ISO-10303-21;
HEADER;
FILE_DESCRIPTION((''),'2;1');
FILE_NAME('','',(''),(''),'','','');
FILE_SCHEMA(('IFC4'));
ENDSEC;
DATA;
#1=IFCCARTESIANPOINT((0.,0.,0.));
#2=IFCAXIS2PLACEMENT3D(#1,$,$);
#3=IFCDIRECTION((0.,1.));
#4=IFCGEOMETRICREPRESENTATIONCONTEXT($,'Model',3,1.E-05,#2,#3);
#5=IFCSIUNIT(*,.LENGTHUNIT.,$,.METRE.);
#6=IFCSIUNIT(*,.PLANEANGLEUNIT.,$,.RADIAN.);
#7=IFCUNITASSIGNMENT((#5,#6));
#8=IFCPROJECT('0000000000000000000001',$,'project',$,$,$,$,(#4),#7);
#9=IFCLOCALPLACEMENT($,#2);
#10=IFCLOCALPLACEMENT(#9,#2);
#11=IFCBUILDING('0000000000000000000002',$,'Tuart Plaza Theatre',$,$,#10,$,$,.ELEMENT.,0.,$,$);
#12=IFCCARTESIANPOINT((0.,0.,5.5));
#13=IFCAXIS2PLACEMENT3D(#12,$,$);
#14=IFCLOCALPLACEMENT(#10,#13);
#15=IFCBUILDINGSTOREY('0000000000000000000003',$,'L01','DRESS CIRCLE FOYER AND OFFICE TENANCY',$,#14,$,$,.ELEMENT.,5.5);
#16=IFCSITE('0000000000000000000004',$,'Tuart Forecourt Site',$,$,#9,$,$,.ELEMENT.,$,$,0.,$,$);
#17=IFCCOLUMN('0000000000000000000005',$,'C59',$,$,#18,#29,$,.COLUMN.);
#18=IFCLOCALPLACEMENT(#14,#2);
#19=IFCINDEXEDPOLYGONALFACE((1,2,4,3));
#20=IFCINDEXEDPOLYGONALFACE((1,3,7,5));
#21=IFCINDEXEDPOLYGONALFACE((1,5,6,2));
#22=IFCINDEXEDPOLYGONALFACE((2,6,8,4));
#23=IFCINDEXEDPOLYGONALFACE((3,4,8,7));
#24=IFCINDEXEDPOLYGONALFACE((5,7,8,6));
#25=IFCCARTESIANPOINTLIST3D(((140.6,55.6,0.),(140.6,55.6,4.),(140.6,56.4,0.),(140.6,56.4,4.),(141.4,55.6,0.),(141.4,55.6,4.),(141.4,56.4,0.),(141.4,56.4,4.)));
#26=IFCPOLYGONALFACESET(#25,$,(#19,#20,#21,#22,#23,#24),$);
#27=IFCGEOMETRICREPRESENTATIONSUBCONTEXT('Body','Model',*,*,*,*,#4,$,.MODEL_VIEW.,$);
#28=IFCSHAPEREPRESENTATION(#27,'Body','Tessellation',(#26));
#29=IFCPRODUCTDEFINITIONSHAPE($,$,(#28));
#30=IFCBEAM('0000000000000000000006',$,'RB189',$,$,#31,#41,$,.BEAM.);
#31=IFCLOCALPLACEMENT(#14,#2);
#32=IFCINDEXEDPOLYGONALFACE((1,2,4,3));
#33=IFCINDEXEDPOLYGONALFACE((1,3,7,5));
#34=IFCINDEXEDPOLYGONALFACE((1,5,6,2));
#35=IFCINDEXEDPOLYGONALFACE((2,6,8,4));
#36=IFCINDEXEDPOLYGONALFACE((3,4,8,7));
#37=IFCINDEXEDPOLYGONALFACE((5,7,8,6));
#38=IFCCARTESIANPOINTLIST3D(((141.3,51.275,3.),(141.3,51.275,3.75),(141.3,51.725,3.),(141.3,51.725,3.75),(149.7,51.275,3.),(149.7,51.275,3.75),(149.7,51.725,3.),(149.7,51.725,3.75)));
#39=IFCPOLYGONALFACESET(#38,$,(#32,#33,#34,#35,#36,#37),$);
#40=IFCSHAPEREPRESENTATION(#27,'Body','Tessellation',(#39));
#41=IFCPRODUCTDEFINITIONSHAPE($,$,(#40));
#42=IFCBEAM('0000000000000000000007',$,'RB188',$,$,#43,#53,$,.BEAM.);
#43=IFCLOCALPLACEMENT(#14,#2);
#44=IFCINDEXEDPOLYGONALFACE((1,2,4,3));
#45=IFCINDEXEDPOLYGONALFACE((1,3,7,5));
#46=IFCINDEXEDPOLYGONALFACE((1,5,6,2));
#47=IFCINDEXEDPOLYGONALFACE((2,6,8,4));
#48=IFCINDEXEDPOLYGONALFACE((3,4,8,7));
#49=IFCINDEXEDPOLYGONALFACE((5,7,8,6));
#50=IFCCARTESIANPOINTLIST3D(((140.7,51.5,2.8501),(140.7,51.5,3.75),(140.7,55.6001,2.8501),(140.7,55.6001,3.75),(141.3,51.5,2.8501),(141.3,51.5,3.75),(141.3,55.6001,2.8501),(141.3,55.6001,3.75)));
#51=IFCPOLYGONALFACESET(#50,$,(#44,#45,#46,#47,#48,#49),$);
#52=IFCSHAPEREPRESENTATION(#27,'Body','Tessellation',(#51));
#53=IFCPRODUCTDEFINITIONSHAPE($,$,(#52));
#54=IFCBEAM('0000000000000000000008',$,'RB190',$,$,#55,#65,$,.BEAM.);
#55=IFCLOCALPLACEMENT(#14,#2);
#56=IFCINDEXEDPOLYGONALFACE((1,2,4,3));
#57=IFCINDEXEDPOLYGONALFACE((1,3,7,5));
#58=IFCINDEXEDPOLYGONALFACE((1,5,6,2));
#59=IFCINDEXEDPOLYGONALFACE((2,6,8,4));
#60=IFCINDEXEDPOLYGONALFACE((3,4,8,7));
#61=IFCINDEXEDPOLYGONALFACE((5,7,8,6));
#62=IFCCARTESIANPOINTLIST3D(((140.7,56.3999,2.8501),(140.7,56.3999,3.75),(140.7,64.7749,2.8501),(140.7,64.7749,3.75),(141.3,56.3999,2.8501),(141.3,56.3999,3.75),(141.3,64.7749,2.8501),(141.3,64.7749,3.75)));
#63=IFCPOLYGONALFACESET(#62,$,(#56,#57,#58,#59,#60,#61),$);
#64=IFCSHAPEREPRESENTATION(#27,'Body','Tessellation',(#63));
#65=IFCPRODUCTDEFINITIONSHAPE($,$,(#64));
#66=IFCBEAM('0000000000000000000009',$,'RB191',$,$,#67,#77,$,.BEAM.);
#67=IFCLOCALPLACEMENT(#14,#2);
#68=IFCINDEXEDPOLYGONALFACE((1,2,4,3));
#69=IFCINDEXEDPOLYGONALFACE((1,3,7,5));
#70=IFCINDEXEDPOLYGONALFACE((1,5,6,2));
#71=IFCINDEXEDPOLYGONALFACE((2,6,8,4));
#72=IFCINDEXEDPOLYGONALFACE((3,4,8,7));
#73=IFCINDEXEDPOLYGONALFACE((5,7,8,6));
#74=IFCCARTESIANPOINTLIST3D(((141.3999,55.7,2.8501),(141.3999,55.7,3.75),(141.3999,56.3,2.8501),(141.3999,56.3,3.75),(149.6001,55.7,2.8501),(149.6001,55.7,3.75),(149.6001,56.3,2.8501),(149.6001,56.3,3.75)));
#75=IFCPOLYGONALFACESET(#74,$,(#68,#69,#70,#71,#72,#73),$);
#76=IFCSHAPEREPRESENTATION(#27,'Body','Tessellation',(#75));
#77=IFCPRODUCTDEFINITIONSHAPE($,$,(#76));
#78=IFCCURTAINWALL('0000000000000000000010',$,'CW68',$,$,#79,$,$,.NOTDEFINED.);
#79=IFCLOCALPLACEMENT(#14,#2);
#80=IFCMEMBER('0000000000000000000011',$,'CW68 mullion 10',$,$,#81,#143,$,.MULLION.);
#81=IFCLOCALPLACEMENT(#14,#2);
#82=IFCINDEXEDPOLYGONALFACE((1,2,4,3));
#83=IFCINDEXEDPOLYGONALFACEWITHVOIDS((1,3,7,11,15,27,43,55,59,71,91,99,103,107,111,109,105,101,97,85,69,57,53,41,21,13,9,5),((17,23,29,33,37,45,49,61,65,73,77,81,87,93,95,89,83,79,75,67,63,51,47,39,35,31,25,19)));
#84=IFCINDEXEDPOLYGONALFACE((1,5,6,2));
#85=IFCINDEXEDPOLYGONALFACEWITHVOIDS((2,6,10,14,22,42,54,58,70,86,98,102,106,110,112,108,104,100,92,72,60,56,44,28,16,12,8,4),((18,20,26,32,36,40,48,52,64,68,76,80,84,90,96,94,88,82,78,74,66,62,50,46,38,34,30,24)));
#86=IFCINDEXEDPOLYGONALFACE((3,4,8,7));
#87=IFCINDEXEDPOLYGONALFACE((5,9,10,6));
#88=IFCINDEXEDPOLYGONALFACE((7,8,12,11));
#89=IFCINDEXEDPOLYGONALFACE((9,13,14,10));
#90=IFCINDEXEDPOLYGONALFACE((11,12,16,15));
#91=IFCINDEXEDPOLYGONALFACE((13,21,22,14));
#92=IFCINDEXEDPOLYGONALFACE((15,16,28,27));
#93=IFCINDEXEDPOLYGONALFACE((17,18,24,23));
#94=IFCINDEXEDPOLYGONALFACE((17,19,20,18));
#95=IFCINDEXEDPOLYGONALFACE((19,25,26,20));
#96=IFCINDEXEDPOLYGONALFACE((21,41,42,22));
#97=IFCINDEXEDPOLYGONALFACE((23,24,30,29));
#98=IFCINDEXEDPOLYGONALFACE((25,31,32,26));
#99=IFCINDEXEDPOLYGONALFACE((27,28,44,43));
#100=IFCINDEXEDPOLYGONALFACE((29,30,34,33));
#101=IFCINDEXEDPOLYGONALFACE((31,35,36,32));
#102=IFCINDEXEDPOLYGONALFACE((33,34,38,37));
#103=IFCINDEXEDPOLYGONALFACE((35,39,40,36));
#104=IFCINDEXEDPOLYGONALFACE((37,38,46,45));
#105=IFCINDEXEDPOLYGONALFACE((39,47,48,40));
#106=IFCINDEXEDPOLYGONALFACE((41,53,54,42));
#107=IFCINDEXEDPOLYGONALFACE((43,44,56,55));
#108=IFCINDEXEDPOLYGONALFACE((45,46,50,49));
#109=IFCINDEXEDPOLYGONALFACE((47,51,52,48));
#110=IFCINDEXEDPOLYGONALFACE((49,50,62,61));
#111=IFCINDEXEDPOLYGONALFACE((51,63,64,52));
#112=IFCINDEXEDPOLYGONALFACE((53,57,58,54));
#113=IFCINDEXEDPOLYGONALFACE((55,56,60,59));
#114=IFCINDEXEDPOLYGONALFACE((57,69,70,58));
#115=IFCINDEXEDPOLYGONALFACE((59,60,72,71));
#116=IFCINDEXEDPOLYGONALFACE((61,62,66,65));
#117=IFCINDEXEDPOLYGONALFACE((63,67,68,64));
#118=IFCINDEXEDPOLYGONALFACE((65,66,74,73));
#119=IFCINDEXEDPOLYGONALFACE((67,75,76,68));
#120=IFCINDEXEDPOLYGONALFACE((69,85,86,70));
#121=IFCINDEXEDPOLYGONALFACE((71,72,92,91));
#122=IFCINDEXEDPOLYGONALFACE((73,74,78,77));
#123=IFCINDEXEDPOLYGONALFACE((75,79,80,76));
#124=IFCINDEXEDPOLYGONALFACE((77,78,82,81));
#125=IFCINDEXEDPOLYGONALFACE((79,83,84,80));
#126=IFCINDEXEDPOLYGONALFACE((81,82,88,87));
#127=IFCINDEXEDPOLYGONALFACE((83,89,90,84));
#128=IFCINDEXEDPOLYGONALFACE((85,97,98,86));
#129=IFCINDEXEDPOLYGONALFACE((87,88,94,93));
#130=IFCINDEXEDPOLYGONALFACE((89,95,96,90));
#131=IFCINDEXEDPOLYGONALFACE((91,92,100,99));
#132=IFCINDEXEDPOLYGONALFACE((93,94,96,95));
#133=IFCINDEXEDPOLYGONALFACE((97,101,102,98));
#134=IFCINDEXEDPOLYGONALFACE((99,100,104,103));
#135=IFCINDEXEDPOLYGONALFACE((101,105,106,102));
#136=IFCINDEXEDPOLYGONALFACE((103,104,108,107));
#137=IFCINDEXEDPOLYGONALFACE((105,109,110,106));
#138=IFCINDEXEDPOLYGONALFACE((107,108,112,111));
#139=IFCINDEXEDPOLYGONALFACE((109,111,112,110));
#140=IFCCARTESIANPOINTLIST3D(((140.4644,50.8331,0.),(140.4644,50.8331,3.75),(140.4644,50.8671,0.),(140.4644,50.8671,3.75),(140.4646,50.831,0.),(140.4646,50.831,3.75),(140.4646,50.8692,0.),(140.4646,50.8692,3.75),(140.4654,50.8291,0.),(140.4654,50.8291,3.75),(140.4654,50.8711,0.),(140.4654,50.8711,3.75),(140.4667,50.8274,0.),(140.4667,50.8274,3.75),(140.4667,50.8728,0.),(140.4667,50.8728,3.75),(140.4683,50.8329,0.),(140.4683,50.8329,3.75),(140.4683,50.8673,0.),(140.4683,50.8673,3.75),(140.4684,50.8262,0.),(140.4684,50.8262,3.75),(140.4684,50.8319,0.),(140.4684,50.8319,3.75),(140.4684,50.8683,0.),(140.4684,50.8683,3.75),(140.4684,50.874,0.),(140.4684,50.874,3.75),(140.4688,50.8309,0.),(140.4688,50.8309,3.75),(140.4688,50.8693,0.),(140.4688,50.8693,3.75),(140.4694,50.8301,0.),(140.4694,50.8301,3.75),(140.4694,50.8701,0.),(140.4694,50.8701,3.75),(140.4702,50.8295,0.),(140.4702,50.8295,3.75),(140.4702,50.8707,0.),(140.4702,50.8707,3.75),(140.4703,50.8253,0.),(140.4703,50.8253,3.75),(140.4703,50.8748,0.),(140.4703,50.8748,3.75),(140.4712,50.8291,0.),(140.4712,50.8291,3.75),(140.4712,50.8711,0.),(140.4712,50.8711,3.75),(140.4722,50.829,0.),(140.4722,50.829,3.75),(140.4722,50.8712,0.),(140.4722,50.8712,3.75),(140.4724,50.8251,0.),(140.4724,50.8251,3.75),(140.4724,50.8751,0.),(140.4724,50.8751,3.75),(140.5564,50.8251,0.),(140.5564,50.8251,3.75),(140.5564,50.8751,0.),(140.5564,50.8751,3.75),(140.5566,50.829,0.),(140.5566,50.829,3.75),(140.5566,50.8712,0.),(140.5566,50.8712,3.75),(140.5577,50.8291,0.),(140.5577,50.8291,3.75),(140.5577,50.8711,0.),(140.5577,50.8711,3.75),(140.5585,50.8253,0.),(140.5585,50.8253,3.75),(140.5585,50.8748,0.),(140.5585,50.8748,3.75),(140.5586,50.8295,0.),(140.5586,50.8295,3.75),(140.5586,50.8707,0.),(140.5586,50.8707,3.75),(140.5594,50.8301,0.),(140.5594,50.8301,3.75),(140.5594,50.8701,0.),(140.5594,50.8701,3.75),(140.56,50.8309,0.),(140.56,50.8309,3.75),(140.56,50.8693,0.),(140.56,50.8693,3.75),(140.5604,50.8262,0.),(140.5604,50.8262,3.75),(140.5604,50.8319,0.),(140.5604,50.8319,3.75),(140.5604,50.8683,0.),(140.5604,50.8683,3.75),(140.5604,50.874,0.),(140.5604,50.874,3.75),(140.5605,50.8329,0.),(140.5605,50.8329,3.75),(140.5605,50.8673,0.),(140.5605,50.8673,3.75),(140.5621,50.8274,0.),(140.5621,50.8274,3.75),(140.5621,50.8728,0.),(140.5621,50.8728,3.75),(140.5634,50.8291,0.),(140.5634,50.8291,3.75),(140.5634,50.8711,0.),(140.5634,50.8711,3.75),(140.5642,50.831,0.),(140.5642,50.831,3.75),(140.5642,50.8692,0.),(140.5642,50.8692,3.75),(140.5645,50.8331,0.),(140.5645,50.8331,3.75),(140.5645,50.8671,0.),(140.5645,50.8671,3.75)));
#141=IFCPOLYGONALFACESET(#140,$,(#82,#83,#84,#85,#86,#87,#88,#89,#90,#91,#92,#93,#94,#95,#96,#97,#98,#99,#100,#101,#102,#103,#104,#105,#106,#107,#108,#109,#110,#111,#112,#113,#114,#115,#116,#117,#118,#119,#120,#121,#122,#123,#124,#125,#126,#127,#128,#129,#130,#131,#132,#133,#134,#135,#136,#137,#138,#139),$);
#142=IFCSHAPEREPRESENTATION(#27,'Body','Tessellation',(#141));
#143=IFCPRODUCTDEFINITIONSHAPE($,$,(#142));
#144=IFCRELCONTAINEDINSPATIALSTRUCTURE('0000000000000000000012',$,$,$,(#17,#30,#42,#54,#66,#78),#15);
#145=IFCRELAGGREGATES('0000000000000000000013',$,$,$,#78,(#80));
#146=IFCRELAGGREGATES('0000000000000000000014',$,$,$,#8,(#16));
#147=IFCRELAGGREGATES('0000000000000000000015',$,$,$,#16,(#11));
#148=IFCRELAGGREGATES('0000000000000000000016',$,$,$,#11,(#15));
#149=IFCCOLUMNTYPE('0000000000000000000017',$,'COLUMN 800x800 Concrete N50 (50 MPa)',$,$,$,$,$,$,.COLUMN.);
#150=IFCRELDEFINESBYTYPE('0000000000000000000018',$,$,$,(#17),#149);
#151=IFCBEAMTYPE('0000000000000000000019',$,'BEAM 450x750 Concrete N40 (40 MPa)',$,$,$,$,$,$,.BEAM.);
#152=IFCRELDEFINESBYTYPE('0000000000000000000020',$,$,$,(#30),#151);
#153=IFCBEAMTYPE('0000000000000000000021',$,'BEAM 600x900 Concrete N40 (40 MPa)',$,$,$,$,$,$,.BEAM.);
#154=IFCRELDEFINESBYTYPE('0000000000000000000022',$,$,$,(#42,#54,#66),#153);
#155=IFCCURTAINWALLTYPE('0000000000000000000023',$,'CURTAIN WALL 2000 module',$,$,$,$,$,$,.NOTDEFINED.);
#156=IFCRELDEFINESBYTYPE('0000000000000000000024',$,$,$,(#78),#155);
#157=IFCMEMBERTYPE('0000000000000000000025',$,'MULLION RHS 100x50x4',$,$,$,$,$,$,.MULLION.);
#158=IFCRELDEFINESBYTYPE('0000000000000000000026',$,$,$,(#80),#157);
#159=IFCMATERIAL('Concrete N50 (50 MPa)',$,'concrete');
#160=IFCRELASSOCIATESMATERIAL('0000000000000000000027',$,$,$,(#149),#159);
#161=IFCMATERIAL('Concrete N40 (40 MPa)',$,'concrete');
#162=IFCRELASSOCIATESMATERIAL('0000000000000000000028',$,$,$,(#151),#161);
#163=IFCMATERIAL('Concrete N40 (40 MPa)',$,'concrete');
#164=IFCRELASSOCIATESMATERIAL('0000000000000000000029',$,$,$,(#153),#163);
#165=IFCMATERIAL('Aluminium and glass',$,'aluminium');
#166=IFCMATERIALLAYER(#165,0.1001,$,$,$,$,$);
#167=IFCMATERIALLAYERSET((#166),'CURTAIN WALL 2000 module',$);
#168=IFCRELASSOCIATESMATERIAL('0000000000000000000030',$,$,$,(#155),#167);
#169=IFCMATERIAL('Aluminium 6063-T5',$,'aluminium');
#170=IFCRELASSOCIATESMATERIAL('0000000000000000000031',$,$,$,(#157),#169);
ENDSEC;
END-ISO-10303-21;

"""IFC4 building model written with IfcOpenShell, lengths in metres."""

from ifc_helpers import new_model, si_unit, direction, frame, origin, origin_2d, place, context, subcontext, project, spatial, rectangle, hollow_rectangle, extrude, material, layer, layer_set, material_profile, profile_set, type_object, element, aggregate, save


model = new_model("IFC4")

# Units and contexts
model_context = context("Model", 3, precision=1e-05, world=origin(), true_north=direction((0.0, 1.0)))
body_context = subcontext(model_context, "Body", "Model", "MODEL_VIEW")
ifc_project = project(units=[si_unit("LENGTHUNIT", "METRE"), si_unit("PLANEANGLEUNIT", "RADIAN")], contexts=[model_context])

# Site, building, storey
site_placement = place(None, origin())
site = spatial("IfcSite", under=ifc_project, at=site_placement, Name="Tuart Forecourt Site", CompositionType="ELEMENT", RefElevation=0.0)
building_placement = place(site_placement, origin())
building = spatial("IfcBuilding", under=site, at=building_placement, Name="Tuart Plaza Theatre", CompositionType="ELEMENT", ElevationOfRefHeight=0.0)
storey_placement = place(building_placement, frame((0.0, 0.0, 5.5)))
storey = spatial("IfcBuildingStorey", under=building, at=storey_placement, Name="L01", Description="DRESS CIRCLE FOYER AND OFFICE TENANCY", CompositionType="ELEMENT", Elevation=5.5)

# Column
ifc_material_1 = material(Name="Concrete N50 (50 MPa)", Category="concrete")
ifc_material_profile_1 = material_profile(ifc_material_1, rectangle(XDim=0.8, YDim=0.8, at=origin_2d()), Name="COLUMN 800x800 Concrete N50 (50 MPa)")
ifc_profile_set_1 = profile_set([ifc_material_profile_1], Name="Concrete N50 (50 MPa)")
column_type = type_object("IfcColumnType", Name="COLUMN 800x800 Concrete N50 (50 MPa)", PredefinedType="COLUMN", material=ifc_profile_set_1)
column_placement = place(storey_placement, frame((141.0, 56.0, 0.0), z_axis=(0.0, 0.0, 1.0), x_axis=(1.0, 0.0, 0.0)))
element("IfcColumn", 1, at=column_placement, inside=storey, type_object=column_type, Name="C59", PredefinedType="COLUMN", context=body_context, shape_type="SweptSolid", body=[
    extrude(rectangle(XDim=0.8, YDim=0.8, at=origin_2d()), origin(), (0.0, 0.0, 1.0), 4.0),
])

# Beams
ifc_material_2 = material(Name="Concrete N40 (40 MPa)", Category="concrete")
ifc_material_profile_2 = material_profile(ifc_material_2, rectangle(XDim=0.45, YDim=0.75, at=origin_2d()), Name="BEAM 450x750 Concrete N40 (40 MPa)")
ifc_profile_set_2 = profile_set([ifc_material_profile_2], Name="Concrete N40 (40 MPa)")
beam_type_1 = type_object("IfcBeamType", Name="BEAM 450x750 Concrete N40 (40 MPa)", PredefinedType="BEAM", material=ifc_profile_set_2)
beam_1_placement = place(storey_placement, frame((141.3, 51.5, 3.375), z_axis=(1.0, 0.0, 0.0), x_axis=(0.0, 1.0, 0.0)))
element("IfcBeam", 2, at=beam_1_placement, inside=storey, type_object=beam_type_1, Name="RB189", PredefinedType="BEAM", context=body_context, shape_type="SweptSolid", body=[
    extrude(rectangle(XDim=0.45, YDim=0.75, at=origin_2d()), origin(), (0.0, 0.0, 1.0), 8.3999),
])
ifc_material_3 = material(Name="Concrete N40 (40 MPa)", Category="concrete")
ifc_material_profile_3 = material_profile(ifc_material_3, rectangle(XDim=0.6001, YDim=0.8999, at=origin_2d()), Name="BEAM 600x900 Concrete N40 (40 MPa)")
ifc_profile_set_3 = profile_set([ifc_material_profile_3], Name="Concrete N40 (40 MPa)")
beam_type_2 = type_object("IfcBeamType", Name="BEAM 600x900 Concrete N40 (40 MPa)", PredefinedType="BEAM", material=ifc_profile_set_3)
beam_2_placement = place(storey_placement, frame((141.0, 51.5, 3.3), z_axis=(0.0, 1.0, 0.0), x_axis=(-1.0, 0.0, 0.0)))
element("IfcBeam", 3, at=beam_2_placement, inside=storey, type_object=beam_type_2, Name="RB188", PredefinedType="BEAM", context=body_context, shape_type="SweptSolid", body=[
    extrude(rectangle(XDim=0.6001, YDim=0.8999, at=origin_2d()), origin(), (0.0, 0.0, 1.0), 4.1001),
])
beam_3_placement = place(storey_placement, frame((141.0, 56.3999, 3.3), z_axis=(0.0, 1.0, 0.0), x_axis=(-1.0, 0.0, 0.0)))
element("IfcBeam", 4, at=beam_3_placement, inside=storey, type_object=beam_type_2, Name="RB190", PredefinedType="BEAM", context=body_context, shape_type="SweptSolid", body=[
    extrude(rectangle(XDim=0.6001, YDim=0.8999, at=origin_2d()), origin(), (0.0, 0.0, 1.0), 8.375),
])
beam_4_placement = place(storey_placement, frame((141.3999, 56.0, 3.3), z_axis=(1.0, 0.0, 0.0), x_axis=(0.0, 1.0, 0.0)))
element("IfcBeam", 5, at=beam_4_placement, inside=storey, type_object=beam_type_2, Name="RB191", PredefinedType="BEAM", context=body_context, shape_type="SweptSolid", body=[
    extrude(rectangle(XDim=0.6001, YDim=0.8999, at=origin_2d()), origin(), (0.0, 0.0, 1.0), 8.2002),
])

# Curtain wall, member
ifc_material_4 = material(Name="Aluminium and glass", Category="aluminium")
ifc_layer_1 = layer(ifc_material_4, 0.1001)
ifc_layer_set_1 = layer_set([ifc_layer_1], Name="CURTAIN WALL 2000 module")
curtain_wall_type = type_object("IfcCurtainWallType", Name="CURTAIN WALL 2000 module", PredefinedType="NOTDEFINED", material=ifc_layer_set_1)
curtain_wall_placement = place(storey_placement, origin())
curtain_wall = element("IfcCurtainWall", 6, at=curtain_wall_placement, inside=storey, type_object=curtain_wall_type, Name="CW68", PredefinedType="NOTDEFINED")
ifc_material_5 = material(Name="Aluminium 6063-T5", Category="aluminium")
ifc_material_profile_4 = material_profile(ifc_material_5, hollow_rectangle(XDim=0.05, YDim=0.1001, WallThickness=0.0039, InnerFilletRadius=0.0039, OuterFilletRadius=0.0081, at=origin_2d()), Name="RHS 100x50x4")
ifc_profile_set_4 = profile_set([ifc_material_profile_4], Name="Aluminium 6063-T5")
member_type_1 = type_object("IfcMemberType", Name="MULLION RHS 100x50x4", PredefinedType="MULLION", material=ifc_profile_set_4)
member_1_placement = place(storey_placement, frame((140.5144, 50.8501, 0.0), z_axis=(0.0, 0.0, 1.0), x_axis=(0.0, 1.0, 0.0)))
member_1 = element("IfcMember", 7, at=member_1_placement, type_object=member_type_1, Name="CW68 mullion 10", PredefinedType="MULLION", context=body_context, shape_type="SweptSolid", body=[
    extrude(hollow_rectangle(XDim=0.05, YDim=0.1001, WallThickness=0.0039, InnerFilletRadius=0.0039, OuterFilletRadius=0.0081, at=origin_2d()), origin(), (0.0, 0.0, 1.0), 3.75),
])
aggregate(curtain_wall, [member_1])

save(model, "model.ifc")
